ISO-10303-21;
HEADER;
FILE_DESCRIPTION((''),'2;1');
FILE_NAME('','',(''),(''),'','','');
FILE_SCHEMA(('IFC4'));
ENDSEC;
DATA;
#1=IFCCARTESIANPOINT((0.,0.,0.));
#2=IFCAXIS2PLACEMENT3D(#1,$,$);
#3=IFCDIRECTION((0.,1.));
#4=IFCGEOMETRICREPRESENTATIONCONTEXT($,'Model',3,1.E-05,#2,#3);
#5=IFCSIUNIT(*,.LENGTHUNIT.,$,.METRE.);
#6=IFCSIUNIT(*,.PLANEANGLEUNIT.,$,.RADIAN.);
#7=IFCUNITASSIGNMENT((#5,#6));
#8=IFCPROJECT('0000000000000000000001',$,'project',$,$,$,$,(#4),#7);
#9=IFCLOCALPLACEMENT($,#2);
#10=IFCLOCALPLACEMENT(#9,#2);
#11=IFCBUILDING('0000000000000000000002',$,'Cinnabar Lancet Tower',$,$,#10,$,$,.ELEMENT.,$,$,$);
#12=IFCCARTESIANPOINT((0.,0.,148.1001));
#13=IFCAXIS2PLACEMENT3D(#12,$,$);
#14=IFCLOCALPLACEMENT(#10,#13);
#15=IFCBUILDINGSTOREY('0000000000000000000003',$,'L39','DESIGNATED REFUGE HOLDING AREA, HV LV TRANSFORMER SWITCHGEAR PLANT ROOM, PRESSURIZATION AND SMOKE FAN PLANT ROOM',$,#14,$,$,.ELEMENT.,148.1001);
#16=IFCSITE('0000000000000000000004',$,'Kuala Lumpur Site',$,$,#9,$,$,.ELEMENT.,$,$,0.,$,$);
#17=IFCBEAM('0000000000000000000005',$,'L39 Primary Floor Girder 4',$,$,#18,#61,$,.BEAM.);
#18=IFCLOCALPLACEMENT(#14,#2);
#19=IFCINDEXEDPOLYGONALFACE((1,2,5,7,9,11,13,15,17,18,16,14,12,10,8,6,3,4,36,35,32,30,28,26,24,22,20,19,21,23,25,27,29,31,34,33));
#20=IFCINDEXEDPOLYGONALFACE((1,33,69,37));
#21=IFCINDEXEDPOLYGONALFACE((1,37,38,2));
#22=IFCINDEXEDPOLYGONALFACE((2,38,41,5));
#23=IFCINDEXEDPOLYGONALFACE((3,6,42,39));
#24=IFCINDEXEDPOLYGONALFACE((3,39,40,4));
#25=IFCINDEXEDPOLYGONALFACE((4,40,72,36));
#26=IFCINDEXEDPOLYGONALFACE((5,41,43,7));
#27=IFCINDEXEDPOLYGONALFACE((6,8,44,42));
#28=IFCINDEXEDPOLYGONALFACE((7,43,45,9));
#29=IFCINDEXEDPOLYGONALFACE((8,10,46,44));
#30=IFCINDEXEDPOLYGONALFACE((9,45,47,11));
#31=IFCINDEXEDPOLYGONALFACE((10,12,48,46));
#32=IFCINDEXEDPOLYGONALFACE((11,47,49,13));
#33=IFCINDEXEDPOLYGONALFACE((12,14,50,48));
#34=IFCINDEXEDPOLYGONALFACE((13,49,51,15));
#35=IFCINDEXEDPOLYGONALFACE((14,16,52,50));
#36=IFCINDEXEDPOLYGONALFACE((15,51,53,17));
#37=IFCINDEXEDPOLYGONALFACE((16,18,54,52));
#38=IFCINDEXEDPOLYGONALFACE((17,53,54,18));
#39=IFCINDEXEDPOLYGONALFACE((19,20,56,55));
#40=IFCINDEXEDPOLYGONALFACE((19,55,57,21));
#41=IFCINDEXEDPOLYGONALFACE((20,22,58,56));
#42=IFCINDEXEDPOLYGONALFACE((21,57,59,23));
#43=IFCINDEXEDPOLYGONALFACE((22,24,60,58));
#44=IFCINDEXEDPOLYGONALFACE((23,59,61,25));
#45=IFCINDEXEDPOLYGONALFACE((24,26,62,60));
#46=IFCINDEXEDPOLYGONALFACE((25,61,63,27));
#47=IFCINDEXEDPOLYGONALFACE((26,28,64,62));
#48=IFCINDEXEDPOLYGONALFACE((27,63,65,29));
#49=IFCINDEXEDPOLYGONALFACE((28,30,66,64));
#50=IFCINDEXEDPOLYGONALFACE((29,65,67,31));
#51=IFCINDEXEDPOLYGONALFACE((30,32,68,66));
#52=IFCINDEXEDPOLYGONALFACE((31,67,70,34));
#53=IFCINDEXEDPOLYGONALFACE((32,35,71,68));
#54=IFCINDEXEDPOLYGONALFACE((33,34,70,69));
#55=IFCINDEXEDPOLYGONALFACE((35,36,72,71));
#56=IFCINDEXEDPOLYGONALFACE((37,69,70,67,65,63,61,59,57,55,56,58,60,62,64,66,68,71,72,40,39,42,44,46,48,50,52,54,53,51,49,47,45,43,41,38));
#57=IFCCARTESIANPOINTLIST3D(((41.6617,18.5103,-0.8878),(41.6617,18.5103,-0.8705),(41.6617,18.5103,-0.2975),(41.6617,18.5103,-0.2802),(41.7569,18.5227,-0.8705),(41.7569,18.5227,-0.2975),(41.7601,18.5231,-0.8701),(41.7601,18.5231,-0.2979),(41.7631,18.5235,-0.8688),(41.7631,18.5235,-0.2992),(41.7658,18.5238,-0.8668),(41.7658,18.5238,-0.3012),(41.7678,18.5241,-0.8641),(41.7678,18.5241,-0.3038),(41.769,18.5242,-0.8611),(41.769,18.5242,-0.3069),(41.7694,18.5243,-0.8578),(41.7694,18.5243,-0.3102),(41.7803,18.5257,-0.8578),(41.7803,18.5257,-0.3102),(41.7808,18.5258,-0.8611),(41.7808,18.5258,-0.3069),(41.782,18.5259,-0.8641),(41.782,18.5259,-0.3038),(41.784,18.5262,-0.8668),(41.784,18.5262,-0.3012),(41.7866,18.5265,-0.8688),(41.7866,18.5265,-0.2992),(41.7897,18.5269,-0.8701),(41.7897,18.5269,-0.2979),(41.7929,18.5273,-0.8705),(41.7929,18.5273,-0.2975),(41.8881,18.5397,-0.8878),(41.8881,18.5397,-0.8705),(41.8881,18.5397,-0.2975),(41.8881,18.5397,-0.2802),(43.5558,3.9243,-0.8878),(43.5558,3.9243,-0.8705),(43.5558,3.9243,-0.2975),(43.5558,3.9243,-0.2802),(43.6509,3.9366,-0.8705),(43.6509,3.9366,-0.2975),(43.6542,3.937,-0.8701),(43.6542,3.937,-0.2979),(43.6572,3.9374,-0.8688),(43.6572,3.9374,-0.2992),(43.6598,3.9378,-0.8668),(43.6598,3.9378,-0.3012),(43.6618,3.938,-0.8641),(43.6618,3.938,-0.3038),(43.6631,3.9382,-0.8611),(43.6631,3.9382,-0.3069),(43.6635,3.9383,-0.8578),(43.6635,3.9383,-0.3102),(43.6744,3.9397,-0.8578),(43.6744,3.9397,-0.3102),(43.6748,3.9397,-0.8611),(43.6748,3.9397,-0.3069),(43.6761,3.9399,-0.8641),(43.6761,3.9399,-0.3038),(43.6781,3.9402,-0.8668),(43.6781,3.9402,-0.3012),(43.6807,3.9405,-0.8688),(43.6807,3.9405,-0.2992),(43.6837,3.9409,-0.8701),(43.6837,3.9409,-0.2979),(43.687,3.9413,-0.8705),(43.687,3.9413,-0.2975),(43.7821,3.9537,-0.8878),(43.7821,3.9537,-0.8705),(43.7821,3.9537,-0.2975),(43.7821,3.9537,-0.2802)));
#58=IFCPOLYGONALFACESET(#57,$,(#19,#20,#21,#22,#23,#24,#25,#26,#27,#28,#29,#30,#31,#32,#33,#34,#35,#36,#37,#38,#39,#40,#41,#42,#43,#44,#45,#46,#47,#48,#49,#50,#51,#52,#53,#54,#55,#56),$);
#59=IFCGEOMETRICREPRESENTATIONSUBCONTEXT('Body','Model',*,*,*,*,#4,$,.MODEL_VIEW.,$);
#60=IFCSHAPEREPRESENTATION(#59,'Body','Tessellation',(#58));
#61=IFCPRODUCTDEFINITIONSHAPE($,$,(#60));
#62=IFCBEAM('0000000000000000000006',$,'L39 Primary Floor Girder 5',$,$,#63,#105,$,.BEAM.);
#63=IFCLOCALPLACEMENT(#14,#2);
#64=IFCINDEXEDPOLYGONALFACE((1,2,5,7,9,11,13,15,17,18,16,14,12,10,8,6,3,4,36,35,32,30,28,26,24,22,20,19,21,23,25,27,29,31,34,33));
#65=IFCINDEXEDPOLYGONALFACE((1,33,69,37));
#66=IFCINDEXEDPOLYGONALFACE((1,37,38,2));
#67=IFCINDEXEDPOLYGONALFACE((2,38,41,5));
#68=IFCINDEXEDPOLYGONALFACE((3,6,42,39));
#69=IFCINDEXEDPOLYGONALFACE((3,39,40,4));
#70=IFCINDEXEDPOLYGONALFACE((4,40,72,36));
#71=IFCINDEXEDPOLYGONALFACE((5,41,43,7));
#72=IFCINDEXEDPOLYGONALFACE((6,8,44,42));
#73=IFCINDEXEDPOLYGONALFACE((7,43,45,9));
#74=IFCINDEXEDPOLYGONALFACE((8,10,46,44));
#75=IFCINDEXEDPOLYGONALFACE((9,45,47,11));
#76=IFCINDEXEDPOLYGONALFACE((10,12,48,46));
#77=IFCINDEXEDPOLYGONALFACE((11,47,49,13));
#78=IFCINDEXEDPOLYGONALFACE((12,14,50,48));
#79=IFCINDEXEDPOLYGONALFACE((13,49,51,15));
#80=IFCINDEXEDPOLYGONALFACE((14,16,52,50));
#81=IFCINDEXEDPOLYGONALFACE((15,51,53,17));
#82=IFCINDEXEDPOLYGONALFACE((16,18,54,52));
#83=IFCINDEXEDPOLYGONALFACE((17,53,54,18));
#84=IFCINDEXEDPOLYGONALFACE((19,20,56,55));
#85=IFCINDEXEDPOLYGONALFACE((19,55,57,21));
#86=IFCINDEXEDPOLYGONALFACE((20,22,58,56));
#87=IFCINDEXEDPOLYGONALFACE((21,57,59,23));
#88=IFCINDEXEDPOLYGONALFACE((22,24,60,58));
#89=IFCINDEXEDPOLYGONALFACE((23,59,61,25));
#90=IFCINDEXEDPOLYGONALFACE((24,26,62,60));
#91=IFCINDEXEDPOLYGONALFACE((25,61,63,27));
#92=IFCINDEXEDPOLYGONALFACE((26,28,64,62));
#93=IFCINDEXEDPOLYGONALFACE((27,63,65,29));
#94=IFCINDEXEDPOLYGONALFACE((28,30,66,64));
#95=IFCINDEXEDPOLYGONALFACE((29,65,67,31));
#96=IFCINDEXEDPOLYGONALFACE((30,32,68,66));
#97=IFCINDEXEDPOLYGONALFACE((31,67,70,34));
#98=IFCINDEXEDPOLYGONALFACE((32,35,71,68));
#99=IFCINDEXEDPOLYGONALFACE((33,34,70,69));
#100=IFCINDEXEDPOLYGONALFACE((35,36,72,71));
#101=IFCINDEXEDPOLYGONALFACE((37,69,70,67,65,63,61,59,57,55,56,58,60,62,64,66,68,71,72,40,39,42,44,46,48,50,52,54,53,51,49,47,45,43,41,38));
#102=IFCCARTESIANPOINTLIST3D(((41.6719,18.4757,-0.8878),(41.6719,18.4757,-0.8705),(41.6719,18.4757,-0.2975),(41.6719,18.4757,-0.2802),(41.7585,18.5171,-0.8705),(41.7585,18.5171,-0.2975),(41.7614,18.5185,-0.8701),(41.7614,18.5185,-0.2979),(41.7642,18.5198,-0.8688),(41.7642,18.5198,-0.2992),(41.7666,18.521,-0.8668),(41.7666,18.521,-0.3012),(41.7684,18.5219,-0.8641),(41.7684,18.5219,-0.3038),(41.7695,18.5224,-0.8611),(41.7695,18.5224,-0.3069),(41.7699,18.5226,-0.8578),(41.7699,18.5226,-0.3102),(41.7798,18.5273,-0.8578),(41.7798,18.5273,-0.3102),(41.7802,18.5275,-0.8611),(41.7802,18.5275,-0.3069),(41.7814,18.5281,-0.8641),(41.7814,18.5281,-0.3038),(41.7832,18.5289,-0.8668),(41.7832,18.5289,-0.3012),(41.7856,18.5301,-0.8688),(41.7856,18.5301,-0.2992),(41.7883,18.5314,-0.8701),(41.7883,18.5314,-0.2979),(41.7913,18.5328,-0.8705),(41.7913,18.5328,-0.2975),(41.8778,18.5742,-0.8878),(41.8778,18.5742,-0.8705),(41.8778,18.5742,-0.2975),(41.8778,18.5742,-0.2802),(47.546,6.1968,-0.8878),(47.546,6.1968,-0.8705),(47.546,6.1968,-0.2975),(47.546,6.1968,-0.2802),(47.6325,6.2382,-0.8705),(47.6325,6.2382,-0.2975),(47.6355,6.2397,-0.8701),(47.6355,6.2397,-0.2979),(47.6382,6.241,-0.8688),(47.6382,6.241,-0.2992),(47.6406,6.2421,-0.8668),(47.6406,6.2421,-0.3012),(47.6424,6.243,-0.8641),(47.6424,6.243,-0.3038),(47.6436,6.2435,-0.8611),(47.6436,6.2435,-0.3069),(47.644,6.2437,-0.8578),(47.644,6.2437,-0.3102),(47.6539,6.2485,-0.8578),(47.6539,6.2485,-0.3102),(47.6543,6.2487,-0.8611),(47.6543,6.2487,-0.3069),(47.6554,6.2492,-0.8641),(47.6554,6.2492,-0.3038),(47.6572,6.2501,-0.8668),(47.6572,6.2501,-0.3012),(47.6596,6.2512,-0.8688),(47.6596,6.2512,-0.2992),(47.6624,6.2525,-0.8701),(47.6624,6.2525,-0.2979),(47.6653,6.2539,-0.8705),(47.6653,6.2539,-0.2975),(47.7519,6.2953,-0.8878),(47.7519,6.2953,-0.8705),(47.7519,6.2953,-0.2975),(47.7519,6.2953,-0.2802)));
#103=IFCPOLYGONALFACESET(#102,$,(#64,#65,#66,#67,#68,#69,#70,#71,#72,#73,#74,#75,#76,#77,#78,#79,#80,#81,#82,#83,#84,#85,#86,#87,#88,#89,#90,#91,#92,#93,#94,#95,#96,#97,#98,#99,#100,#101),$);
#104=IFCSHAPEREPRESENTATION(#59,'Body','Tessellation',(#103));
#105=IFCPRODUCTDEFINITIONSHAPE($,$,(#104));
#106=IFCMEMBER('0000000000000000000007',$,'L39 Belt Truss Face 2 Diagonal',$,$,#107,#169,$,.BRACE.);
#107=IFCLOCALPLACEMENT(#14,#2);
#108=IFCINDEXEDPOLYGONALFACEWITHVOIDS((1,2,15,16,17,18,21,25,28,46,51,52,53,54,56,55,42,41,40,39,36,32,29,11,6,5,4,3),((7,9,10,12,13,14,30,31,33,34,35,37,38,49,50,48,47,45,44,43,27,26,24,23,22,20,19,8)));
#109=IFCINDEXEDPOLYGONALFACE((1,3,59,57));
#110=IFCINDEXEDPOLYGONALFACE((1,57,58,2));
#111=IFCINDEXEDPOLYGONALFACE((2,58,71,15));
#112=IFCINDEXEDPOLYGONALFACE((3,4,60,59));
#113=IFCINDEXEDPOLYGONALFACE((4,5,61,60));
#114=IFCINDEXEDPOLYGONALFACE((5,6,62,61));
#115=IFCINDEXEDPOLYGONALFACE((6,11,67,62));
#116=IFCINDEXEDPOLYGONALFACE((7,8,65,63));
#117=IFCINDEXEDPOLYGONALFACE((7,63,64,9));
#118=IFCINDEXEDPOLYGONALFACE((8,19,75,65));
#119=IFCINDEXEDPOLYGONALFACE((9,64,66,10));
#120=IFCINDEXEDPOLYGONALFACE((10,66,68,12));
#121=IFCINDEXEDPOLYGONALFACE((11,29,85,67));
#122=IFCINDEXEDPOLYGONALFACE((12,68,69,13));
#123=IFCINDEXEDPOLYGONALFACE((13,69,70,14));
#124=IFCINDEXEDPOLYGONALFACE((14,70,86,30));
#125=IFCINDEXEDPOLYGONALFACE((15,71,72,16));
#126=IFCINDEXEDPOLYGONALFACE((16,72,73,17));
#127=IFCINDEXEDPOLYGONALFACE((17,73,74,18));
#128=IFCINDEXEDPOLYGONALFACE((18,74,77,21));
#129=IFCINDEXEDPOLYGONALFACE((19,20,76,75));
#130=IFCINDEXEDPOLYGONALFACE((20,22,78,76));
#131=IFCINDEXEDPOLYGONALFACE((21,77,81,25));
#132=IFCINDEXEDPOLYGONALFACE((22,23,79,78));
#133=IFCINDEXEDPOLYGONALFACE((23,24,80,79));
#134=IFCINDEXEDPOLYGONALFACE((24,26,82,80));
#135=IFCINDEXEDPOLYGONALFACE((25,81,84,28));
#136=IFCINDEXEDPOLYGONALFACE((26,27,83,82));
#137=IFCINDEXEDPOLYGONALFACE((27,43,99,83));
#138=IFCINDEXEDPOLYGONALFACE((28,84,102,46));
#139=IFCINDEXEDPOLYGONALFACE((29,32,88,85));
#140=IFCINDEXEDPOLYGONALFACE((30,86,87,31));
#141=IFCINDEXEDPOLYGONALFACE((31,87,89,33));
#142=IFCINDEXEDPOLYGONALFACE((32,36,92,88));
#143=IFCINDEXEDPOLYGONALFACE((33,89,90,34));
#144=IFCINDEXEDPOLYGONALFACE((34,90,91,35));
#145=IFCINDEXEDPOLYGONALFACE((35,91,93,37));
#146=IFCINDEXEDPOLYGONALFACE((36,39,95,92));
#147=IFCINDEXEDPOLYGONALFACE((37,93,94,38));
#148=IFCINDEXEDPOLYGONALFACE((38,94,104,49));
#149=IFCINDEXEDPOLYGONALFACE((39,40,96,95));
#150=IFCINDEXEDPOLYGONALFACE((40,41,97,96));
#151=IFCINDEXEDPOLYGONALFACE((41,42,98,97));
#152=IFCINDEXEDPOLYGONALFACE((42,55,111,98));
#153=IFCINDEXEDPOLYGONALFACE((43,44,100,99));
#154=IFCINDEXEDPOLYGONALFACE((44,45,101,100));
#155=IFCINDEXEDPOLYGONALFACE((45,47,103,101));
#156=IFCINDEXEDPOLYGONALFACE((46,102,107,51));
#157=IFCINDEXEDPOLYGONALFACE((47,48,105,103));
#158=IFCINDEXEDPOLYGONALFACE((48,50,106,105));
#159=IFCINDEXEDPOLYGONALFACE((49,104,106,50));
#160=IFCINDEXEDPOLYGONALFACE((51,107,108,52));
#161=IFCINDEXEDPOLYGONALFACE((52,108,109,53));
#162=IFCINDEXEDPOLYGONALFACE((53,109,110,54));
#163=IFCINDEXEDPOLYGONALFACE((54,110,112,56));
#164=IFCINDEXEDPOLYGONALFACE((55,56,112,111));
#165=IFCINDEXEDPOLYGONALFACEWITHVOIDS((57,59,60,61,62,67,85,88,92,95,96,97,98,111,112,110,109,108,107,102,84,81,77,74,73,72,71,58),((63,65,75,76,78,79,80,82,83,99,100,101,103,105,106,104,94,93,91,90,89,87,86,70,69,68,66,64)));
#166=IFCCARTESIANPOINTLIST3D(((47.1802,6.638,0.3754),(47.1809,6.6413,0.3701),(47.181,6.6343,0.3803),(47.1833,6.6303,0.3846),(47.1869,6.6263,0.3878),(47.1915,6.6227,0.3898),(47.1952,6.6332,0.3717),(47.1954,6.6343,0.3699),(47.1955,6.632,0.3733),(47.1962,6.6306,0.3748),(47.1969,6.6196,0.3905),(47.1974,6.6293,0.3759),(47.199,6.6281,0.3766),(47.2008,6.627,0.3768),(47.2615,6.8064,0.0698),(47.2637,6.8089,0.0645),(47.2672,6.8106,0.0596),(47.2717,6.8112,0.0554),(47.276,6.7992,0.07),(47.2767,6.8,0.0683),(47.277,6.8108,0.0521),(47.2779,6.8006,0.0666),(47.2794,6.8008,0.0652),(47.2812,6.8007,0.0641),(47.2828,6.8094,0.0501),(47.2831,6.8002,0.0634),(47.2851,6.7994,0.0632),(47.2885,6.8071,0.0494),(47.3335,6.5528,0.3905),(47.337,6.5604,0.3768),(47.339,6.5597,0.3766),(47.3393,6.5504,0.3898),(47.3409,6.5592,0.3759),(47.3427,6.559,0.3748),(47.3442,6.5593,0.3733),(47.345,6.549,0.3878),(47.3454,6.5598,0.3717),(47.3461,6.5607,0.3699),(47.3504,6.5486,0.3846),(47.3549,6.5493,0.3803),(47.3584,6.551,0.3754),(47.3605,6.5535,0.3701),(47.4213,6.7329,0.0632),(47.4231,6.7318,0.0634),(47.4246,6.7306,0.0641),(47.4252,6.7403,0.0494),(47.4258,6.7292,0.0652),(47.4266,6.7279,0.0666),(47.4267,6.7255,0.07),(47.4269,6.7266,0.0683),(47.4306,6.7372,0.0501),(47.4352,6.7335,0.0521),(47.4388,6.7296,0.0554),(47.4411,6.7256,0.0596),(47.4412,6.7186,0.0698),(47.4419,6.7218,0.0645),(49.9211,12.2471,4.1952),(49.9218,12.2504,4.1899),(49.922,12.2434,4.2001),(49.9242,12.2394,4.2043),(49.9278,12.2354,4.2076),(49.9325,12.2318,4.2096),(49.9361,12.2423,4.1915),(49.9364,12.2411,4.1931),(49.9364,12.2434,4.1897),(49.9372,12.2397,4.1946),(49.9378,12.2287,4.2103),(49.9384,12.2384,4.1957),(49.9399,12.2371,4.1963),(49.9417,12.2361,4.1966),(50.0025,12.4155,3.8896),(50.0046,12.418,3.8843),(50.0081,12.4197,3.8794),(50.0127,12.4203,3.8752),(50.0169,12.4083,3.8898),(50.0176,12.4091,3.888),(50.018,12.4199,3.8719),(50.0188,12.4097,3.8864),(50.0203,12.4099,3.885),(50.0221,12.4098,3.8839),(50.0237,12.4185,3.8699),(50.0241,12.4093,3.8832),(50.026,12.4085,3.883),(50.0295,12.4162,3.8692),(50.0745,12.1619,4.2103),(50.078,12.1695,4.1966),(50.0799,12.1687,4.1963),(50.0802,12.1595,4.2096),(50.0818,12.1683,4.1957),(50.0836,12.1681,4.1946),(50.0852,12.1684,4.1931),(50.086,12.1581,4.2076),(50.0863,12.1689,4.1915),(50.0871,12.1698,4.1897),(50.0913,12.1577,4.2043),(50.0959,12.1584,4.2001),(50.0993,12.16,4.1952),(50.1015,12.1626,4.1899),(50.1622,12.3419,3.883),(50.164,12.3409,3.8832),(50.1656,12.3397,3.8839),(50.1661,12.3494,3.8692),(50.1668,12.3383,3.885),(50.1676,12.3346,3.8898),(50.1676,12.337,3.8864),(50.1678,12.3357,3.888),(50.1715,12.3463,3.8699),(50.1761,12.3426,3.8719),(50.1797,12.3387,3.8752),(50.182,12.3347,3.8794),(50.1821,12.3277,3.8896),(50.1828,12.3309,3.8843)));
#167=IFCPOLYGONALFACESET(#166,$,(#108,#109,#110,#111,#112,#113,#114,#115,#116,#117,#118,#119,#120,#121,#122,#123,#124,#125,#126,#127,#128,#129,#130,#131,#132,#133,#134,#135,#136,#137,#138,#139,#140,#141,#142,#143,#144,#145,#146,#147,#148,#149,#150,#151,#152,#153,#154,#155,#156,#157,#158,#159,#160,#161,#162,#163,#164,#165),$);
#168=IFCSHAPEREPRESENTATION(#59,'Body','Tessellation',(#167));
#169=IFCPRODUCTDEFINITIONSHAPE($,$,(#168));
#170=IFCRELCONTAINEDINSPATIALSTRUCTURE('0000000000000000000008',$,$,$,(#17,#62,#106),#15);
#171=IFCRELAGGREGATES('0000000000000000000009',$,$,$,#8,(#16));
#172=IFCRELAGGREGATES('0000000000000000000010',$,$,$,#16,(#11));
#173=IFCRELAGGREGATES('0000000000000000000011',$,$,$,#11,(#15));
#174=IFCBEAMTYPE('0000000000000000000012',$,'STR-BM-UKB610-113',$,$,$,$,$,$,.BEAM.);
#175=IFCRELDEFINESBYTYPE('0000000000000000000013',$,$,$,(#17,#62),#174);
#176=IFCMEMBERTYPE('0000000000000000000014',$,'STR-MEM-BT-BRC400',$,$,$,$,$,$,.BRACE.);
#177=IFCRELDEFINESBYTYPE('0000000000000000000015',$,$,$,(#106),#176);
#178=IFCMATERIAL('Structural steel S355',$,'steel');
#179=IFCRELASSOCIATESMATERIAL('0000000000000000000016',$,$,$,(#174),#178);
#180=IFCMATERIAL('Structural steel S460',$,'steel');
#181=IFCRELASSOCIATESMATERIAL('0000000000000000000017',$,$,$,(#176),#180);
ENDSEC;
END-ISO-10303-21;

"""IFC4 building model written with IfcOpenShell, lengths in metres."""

from ifc_helpers import new_model, si_unit, direction, frame, origin, origin_2d, place, context, subcontext, project, spatial, hollow_rectangle, i_section, extrude, material, material_profile, profile_set, type_object, element, save


model = new_model("IFC4")

# Units and contexts
model_context = context("Model", 3, precision=1e-05, world=origin(), true_north=direction((0.0, 1.0)))
body_context = subcontext(model_context, "Body", "Model", "MODEL_VIEW")
ifc_project = project(units=[si_unit("LENGTHUNIT", "METRE"), si_unit("PLANEANGLEUNIT", "RADIAN")], contexts=[model_context])

# Site, building, storey
site_placement = place(None, origin())
site = spatial("IfcSite", under=ifc_project, at=site_placement, Name="Kuala Lumpur Site", CompositionType="ELEMENT", RefElevation=0.0)
building_placement = place(site_placement, origin())
building = spatial("IfcBuilding", under=site, at=building_placement, Name="Cinnabar Lancet Tower", CompositionType="ELEMENT")
storey_placement = place(building_placement, frame((0.0, 0.0, 148.1001)))
storey = spatial("IfcBuildingStorey", under=building, at=storey_placement, Name="L39", Description="DESIGNATED REFUGE HOLDING AREA, HV LV TRANSFORMER SWITCHGEAR PLANT ROOM, PRESSURIZATION AND SMOKE FAN PLANT ROOM", CompositionType="ELEMENT", Elevation=148.1001)

# Beams
ifc_material_1 = material(Name="Structural steel S355", Category="steel")
ifc_material_profile_1 = material_profile(ifc_material_1, i_section(OverallWidth=0.2283, OverallDepth=0.6077, WebThickness=0.011, FlangeThickness=0.0173, FilletRadius=0.0127, at=origin_2d()), Name="UKB 610x229x113")
ifc_profile_set_1 = profile_set([ifc_material_profile_1], Name="Structural steel S355")
beam_type_1 = type_object("IfcBeamType", Name="STR-BM-UKB610-113", PredefinedType="BEAM", material=ifc_profile_set_1)
beam_1_placement = place(storey_placement, frame((43.6689, 3.939, -0.584), z_axis=(-0.128773, 0.991674, 0.0), x_axis=(-0.991674, -0.128773, 0.0)))
element("IfcBeam", 1, at=beam_1_placement, inside=storey, type_object=beam_type_1, Name="L39 Primary Floor Girder 4", PredefinedType="BEAM", context=body_context, shape_type="SweptSolid", body=[
    extrude(i_section(OverallWidth=0.2283, OverallDepth=0.6077, WebThickness=0.011, FlangeThickness=0.0173, FilletRadius=0.0127, at=origin_2d()), origin(), (0.0, 0.0, 1.0), 14.7085),
])
beam_2_placement = place(storey_placement, frame((47.6489, 6.2461, -0.584), z_axis=(-0.431548, 0.90209, 0.0), x_axis=(-0.90209, -0.431548, 0.0)))
element("IfcBeam", 2, at=beam_2_placement, inside=storey, type_object=beam_type_1, Name="L39 Primary Floor Girder 5", PredefinedType="BEAM", context=body_context, shape_type="SweptSolid", body=[
    extrude(i_section(OverallWidth=0.2283, OverallDepth=0.6077, WebThickness=0.011, FlangeThickness=0.0173, FilletRadius=0.0127, at=origin_2d()), origin(), (0.0, 0.0, 1.0), 13.6116),
])

# Member
ifc_material_2 = material(Name="Structural steel S460", Category="steel")
ifc_material_profile_2 = material_profile(ifc_material_2, hollow_rectangle(XDim=0.2, YDim=0.3999, WallThickness=0.0161, InnerFilletRadius=0.0081, OuterFilletRadius=0.0239, at=origin_2d()), Name="RHS 400x200x16")
ifc_profile_set_2 = profile_set([ifc_material_profile_2], Name="Structural steel S460")
member_type_1 = type_object("IfcMemberType", Name="STR-MEM-BT-BRC400", PredefinedType="BRACE", material=ifc_profile_set_2)
member_placement = place(storey_placement, frame((47.311, 6.6799, 0.22), z_axis=(0.374505, 0.76639, 0.521912), x_axis=(-0.898465, 0.439045, 0.0)))
element("IfcMember", 3, at=member_placement, inside=storey, type_object=member_type_1, Name="L39 Belt Truss Face 2 Diagonal", PredefinedType="BRACE", context=body_context, shape_type="SweptSolid", body=[
    extrude(hollow_rectangle(XDim=0.2, YDim=0.3999, WallThickness=0.0161, InnerFilletRadius=0.0081, OuterFilletRadius=0.0239, at=origin_2d()), origin(), (0.0, 0.0, 1.0), 7.3188),
])

save(model, "model.ifc")
